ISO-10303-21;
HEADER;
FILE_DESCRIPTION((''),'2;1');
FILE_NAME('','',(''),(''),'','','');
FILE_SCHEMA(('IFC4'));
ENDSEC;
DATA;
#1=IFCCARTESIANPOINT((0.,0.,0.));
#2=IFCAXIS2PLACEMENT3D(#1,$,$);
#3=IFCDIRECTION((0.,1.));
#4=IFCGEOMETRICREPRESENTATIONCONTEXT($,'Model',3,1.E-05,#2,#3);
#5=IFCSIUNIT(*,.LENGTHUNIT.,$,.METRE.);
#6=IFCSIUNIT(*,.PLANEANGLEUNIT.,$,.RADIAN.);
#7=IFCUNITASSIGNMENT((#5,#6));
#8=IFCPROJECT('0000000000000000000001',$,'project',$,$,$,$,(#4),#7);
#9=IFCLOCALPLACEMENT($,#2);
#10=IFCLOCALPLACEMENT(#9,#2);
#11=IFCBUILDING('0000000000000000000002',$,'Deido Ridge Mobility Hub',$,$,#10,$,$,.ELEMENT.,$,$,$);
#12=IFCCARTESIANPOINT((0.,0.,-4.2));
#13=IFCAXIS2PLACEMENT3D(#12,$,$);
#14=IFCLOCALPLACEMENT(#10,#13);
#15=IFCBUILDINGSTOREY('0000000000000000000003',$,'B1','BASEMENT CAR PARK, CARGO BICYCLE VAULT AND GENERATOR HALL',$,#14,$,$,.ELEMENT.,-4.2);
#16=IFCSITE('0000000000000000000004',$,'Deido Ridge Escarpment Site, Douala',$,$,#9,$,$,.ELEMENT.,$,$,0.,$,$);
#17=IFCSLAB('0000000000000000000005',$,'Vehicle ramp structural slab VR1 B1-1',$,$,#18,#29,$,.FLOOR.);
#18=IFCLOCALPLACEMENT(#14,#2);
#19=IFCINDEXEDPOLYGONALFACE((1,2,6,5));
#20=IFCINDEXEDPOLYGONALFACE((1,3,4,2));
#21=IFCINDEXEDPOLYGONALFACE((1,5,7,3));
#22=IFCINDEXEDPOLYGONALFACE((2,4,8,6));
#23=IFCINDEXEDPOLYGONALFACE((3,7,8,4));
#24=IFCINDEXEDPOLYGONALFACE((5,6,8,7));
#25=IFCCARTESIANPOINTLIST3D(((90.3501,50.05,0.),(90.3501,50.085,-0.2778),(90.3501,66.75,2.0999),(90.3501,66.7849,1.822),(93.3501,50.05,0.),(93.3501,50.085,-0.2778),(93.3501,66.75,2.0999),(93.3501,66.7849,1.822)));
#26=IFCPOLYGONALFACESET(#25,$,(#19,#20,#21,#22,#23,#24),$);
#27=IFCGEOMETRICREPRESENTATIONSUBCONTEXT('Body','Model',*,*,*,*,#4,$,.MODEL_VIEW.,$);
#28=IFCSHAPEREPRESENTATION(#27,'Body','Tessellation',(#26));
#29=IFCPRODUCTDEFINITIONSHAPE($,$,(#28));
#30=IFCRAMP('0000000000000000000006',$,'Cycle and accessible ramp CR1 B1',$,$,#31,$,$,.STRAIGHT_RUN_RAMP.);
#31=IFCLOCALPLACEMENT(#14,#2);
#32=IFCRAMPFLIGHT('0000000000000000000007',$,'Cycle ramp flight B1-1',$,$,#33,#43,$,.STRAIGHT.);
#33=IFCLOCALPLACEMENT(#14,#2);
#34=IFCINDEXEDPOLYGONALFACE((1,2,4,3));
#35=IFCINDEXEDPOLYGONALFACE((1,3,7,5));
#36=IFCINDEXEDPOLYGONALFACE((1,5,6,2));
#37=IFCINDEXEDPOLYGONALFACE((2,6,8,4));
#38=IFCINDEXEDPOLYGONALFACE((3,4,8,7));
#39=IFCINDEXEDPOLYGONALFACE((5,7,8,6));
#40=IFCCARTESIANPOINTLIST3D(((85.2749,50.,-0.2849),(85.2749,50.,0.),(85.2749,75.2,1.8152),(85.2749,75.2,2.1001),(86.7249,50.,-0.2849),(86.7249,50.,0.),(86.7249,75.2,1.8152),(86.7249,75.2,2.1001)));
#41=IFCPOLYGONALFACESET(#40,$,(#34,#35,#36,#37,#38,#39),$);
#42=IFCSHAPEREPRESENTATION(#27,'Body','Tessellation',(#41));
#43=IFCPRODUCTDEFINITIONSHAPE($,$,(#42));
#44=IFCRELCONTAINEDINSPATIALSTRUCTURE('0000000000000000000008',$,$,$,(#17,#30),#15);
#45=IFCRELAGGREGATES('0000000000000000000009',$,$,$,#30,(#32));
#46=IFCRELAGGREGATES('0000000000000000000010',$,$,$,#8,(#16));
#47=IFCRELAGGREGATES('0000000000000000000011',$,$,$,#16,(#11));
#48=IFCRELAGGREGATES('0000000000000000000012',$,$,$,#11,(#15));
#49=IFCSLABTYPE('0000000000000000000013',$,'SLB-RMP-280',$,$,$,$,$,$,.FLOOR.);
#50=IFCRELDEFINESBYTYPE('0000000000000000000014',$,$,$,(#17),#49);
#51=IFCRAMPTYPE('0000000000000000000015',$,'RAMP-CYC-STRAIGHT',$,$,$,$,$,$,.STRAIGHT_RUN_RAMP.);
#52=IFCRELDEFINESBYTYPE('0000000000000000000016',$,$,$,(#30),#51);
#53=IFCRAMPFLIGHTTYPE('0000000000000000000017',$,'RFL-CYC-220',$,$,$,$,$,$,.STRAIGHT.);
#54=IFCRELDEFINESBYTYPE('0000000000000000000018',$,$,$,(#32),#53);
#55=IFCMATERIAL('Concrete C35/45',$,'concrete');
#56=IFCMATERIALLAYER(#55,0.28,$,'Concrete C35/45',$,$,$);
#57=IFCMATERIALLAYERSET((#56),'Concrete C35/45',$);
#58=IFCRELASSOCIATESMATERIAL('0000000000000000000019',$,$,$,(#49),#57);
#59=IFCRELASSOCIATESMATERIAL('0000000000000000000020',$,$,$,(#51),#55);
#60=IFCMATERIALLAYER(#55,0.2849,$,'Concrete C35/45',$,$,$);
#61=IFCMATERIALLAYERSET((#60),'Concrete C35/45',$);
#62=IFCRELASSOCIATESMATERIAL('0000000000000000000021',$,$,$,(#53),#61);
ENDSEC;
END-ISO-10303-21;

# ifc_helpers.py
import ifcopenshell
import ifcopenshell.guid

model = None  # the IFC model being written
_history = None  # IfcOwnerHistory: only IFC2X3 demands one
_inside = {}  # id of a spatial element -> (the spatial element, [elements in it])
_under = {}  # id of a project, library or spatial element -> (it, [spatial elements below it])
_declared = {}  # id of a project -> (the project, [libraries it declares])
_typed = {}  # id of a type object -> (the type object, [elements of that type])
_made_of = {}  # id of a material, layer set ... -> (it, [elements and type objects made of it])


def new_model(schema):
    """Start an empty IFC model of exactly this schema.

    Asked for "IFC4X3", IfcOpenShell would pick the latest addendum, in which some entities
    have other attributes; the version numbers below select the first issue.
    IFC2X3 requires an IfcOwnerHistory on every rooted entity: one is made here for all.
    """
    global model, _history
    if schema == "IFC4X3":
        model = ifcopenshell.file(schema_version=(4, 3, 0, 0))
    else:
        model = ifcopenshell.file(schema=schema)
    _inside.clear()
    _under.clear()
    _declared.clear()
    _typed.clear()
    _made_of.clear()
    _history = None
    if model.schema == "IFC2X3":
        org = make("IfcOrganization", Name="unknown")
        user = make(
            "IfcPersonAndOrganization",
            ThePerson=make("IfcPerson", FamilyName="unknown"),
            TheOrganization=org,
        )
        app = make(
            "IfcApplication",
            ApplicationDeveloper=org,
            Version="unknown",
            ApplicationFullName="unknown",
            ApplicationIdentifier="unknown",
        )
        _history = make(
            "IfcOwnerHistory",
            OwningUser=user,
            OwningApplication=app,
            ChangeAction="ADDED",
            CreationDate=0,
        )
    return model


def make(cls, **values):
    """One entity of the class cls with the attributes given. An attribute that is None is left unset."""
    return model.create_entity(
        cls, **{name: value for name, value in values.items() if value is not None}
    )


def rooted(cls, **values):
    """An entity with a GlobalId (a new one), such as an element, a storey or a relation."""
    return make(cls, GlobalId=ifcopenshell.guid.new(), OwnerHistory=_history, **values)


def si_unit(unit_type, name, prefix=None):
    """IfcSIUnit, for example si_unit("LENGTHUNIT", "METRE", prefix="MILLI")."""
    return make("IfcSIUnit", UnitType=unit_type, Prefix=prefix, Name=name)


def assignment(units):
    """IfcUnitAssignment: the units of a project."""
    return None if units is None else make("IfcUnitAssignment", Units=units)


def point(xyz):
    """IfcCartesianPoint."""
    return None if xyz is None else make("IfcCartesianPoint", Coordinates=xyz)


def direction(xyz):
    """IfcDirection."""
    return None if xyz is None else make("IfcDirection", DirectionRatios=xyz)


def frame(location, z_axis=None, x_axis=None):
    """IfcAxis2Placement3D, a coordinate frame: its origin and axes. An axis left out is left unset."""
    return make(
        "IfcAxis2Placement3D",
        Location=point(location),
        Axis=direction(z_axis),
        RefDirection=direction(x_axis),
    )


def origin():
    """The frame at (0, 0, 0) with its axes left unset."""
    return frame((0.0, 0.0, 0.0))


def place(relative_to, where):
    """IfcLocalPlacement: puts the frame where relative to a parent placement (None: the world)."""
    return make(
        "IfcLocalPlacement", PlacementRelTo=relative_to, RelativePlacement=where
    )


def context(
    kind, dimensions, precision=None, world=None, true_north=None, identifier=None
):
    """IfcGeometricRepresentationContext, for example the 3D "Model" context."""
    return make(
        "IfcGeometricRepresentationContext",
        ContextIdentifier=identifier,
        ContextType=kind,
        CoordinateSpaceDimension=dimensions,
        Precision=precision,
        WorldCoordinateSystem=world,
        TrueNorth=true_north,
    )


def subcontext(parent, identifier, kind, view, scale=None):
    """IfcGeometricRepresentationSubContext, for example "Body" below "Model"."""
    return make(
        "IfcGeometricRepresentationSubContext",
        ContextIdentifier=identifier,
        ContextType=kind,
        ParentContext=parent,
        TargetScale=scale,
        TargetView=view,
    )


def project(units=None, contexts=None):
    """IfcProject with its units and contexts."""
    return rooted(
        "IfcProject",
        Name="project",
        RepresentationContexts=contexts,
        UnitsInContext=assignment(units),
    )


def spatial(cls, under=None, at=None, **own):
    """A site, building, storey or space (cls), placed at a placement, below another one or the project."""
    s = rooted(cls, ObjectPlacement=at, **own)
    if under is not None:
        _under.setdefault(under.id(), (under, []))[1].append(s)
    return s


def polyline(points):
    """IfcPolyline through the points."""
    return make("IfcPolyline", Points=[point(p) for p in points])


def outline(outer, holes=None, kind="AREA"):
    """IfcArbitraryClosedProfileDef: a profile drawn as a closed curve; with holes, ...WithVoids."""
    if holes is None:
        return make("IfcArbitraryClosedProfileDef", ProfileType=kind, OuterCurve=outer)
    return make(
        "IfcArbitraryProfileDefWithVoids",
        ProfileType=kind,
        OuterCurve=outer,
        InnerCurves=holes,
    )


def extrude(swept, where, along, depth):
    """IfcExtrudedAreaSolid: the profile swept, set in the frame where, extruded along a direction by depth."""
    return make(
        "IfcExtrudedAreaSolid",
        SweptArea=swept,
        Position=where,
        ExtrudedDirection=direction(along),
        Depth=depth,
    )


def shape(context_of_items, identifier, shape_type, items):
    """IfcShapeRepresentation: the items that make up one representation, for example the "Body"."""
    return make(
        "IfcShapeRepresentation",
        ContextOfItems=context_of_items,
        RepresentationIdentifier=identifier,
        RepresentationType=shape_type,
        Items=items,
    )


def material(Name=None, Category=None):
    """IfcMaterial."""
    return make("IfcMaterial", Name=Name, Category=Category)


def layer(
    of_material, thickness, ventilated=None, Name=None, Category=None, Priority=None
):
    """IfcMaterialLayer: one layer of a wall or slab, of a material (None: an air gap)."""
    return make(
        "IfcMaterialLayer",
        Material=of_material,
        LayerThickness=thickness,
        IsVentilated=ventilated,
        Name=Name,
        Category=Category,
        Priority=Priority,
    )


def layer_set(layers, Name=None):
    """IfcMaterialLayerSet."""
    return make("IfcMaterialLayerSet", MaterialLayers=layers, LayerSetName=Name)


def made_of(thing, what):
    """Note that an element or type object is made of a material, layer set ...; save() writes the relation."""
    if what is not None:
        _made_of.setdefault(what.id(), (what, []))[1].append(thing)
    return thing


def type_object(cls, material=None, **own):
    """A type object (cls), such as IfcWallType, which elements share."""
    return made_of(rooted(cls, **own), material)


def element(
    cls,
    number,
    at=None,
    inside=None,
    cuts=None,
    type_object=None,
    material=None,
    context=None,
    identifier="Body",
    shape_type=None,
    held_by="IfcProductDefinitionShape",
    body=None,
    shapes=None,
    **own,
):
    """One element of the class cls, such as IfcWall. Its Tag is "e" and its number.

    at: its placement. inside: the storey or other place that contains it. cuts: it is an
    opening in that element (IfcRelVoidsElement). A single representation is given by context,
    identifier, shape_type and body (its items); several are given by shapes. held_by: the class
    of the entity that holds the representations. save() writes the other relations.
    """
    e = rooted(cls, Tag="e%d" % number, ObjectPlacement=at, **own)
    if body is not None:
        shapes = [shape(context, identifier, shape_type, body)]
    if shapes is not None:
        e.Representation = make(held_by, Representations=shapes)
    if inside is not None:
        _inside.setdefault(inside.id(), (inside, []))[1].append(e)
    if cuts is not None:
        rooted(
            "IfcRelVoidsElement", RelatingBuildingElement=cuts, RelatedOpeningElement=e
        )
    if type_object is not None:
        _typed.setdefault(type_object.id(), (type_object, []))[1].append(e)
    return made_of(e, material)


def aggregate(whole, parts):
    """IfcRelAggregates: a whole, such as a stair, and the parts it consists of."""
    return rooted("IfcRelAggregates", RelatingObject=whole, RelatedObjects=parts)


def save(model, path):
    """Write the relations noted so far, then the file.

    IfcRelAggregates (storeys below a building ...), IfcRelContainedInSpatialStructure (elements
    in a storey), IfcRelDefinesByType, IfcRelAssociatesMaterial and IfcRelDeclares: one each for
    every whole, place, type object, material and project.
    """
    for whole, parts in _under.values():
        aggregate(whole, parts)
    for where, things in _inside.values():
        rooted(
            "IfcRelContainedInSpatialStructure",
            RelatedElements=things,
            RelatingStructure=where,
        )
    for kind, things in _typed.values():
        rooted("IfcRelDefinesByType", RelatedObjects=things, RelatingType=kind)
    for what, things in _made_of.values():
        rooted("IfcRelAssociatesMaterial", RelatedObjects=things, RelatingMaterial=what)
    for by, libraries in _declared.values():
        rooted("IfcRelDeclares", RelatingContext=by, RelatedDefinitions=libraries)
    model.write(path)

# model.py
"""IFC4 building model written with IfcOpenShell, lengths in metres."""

from ifc_helpers import new_model, si_unit, direction, frame, origin, place, context, subcontext, project, spatial, polyline, outline, extrude, material, layer, layer_set, type_object, element, aggregate, save


model = new_model("IFC4")

# Units and contexts
model_context = context("Model", 3, precision=1e-05, world=origin(), true_north=direction((0.0, 1.0)))
body_context = subcontext(model_context, "Body", "Model", "MODEL_VIEW")
ifc_project = project(units=[si_unit("LENGTHUNIT", "METRE"), si_unit("PLANEANGLEUNIT", "RADIAN")], contexts=[model_context])

# Site, building, storey
site_placement = place(None, origin())
site = spatial("IfcSite", under=ifc_project, at=site_placement, Name="Deido Ridge Escarpment Site, Douala", CompositionType="ELEMENT", RefElevation=0.0)
building_placement = place(site_placement, origin())
building = spatial("IfcBuilding", under=site, at=building_placement, Name="Deido Ridge Mobility Hub", CompositionType="ELEMENT")
storey_placement = place(building_placement, frame((0.0, 0.0, -4.2)))
storey = spatial("IfcBuildingStorey", under=building, at=storey_placement, Name="B1", Description="BASEMENT CAR PARK, CARGO BICYCLE VAULT AND GENERATOR HALL", CompositionType="ELEMENT", Elevation=-4.2)

# Slab
ifc_material_1 = material(Name="Concrete C35/45", Category="concrete")
ifc_layer_1 = layer(ifc_material_1, 0.28, Name="Concrete C35/45")
ifc_layer_set_1 = layer_set([ifc_layer_1], Name="Concrete C35/45")
slab_type = type_object("IfcSlabType", Name="SLB-RMP-280", PredefinedType="FLOOR", material=ifc_layer_set_1)
slab_placement = place(storey_placement, frame((90.3501, 50.05, 0.0), z_axis=(0.0, -0.124758, 0.992187), x_axis=(1.0, 0.0, 0.0)))
element("IfcSlab", 1, at=slab_placement, inside=storey, type_object=slab_type, Name="Vehicle ramp structural slab VR1 B1-1", PredefinedType="FLOOR", context=body_context, shape_type="SweptSolid", body=[
    extrude(outline(polyline([(0.0, 0.0), (3.0, 0.0), (3.0, 16.8315), (0.0, 16.8315), (0.0, 0.0)])), origin(), (0.0, 0.0, -1.0), 0.28),
])

# Ramp, ramp flight
ramp_type = type_object("IfcRampType", Name="RAMP-CYC-STRAIGHT", PredefinedType="STRAIGHT_RUN_RAMP", material=ifc_material_1)
ramp_placement = place(storey_placement, origin())
ramp = element("IfcRamp", 2, at=ramp_placement, inside=storey, type_object=ramp_type, Name="Cycle and accessible ramp CR1 B1", PredefinedType="STRAIGHT_RUN_RAMP")
ifc_layer_2 = layer(ifc_material_1, 0.2849, Name="Concrete C35/45")
ifc_layer_set_2 = layer_set([ifc_layer_2], Name="Concrete C35/45")
ramp_flight_type = type_object("IfcRampFlightType", Name="RFL-CYC-220", PredefinedType="STRAIGHT", material=ifc_layer_set_2)
ramp_flight_placement = place(storey_placement, frame((86.0, 50.0, 0.0), z_axis=(0.0, 0.0, 1.0), x_axis=(0.0, 1.0, 0.0)))
ramp_flight = element("IfcRampFlight", 3, at=ramp_flight_placement, type_object=ramp_flight_type, Name="Cycle ramp flight B1-1", PredefinedType="STRAIGHT", context=body_context, shape_type="SweptSolid", body=[
    extrude(outline(polyline([(0.0, 0.0), (0.0, -0.2849), (25.2, 1.8152), (25.2, 2.1001), (0.0, 0.0)])), frame((0.0, 0.7251, 0.0), z_axis=(0.0, -1.0, 0.0), x_axis=(1.0, 0.0, 0.0)), (0.0, 0.0, 1.0), 1.45),
])
aggregate(ramp, [ramp_flight])

save(model, "model.ifc")
